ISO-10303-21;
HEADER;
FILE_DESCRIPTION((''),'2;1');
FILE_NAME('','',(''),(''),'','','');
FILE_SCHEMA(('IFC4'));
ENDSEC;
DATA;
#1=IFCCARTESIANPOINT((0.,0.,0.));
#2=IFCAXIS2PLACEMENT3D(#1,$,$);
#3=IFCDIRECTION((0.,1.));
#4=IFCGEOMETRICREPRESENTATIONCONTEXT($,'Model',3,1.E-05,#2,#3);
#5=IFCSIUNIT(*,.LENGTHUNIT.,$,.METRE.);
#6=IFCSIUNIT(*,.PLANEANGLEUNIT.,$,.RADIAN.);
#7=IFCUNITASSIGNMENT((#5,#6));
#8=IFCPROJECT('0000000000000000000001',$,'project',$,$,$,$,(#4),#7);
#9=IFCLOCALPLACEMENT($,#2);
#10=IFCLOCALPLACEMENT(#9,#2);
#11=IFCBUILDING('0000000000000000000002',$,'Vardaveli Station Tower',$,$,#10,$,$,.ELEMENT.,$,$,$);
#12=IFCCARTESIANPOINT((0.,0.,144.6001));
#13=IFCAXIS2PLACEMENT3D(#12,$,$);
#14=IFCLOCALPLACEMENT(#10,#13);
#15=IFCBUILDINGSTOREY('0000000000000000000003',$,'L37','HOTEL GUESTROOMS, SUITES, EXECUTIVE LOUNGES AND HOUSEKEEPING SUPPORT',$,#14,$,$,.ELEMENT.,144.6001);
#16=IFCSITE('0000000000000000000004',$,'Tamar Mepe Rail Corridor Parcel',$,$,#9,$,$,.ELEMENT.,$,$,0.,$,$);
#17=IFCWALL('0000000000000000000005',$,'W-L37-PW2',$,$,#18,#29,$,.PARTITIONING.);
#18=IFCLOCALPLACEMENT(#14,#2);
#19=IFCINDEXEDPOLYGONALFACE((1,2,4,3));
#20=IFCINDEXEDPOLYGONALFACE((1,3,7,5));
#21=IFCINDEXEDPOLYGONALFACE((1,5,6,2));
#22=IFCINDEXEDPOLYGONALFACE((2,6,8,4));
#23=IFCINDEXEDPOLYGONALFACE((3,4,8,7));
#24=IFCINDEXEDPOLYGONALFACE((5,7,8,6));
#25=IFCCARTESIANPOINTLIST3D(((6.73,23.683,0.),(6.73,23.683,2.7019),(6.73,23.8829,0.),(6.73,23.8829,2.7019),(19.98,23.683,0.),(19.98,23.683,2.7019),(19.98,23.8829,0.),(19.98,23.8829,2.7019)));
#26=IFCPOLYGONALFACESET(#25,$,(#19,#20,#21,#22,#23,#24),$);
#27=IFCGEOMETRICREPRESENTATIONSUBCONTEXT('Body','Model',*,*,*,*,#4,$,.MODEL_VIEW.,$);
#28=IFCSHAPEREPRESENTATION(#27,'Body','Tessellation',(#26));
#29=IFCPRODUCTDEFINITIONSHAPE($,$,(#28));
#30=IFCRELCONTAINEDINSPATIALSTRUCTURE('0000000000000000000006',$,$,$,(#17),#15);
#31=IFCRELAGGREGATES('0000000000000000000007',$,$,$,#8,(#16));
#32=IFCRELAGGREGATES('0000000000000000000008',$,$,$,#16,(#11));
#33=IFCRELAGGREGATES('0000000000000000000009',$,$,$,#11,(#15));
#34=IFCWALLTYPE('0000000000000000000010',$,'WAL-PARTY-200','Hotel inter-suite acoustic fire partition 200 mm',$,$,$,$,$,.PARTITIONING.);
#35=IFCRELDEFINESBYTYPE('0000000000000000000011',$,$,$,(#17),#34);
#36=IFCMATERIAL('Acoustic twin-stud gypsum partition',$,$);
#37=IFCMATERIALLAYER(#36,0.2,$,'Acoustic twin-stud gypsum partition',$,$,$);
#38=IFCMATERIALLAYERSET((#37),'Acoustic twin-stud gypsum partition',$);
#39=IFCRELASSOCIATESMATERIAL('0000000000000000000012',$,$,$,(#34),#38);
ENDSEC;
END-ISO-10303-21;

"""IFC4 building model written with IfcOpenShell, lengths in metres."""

from ifc_helpers import new_model, si_unit, direction, frame, frame_2d, origin, place, context, subcontext, project, spatial, rectangle, extrude, source, transform, mapped, material, layer, layer_set, type_object, element, save


model = new_model("IFC4")

# Units and contexts
model_context = context("Model", 3, precision=1e-05, world=origin(), true_north=direction((0.0, 1.0)))
body_context = subcontext(model_context, "Body", "Model", "MODEL_VIEW")
ifc_project = project(units=[si_unit("LENGTHUNIT", "METRE"), si_unit("PLANEANGLEUNIT", "RADIAN")], contexts=[model_context])

# Site, building, storey
site_placement = place(None, origin())
site = spatial("IfcSite", under=ifc_project, at=site_placement, Name="Tamar Mepe Rail Corridor Parcel", CompositionType="ELEMENT", RefElevation=0.0)
building_placement = place(site_placement, origin())
building = spatial("IfcBuilding", under=site, at=building_placement, Name="Vardaveli Station Tower", CompositionType="ELEMENT")
storey_placement = place(building_placement, frame((0.0, 0.0, 144.6001)))
storey = spatial("IfcBuildingStorey", under=building, at=storey_placement, Name="L37", Description="HOTEL GUESTROOMS, SUITES, EXECUTIVE LOUNGES AND HOUSEKEEPING SUPPORT", CompositionType="ELEMENT", Elevation=144.6001)

# Wall
ifc_material_1 = material(Name="Acoustic twin-stud gypsum partition")
ifc_layer_1 = layer(ifc_material_1, 0.2, Name="Acoustic twin-stud gypsum partition")
ifc_layer_set_1 = layer_set([ifc_layer_1], Name="Acoustic twin-stud gypsum partition")
wall_type_1 = type_object("IfcWallType", Name="WAL-PARTY-200", Description="Hotel inter-suite acoustic fire partition 200 mm", PredefinedType="PARTITIONING", material=ifc_layer_set_1)
shared_shape_1 = source(origin(), body_context, "Body", "SweptSolid", [
    extrude(rectangle(XDim=13.25, YDim=0.2, at=frame_2d((6.625, 0.0))), origin(), (0.0, 0.0, 1.0), 2.7019),
])
wall_1_placement = place(storey_placement, frame((6.73, 23.783, 0.0), z_axis=(0.0, 0.0, 1.0), x_axis=(1.0, 0.0, 0.0)))
element("IfcWall", 1, at=wall_1_placement, inside=storey, type_object=wall_type_1, Name="W-L37-PW2", PredefinedType="PARTITIONING", context=body_context, shape_type="MappedRepresentation", body=[
    mapped(shared_shape_1, transform((0.0, 0.0, 0.0), scale=1.0)),
])

save(model, "model.ifc")
